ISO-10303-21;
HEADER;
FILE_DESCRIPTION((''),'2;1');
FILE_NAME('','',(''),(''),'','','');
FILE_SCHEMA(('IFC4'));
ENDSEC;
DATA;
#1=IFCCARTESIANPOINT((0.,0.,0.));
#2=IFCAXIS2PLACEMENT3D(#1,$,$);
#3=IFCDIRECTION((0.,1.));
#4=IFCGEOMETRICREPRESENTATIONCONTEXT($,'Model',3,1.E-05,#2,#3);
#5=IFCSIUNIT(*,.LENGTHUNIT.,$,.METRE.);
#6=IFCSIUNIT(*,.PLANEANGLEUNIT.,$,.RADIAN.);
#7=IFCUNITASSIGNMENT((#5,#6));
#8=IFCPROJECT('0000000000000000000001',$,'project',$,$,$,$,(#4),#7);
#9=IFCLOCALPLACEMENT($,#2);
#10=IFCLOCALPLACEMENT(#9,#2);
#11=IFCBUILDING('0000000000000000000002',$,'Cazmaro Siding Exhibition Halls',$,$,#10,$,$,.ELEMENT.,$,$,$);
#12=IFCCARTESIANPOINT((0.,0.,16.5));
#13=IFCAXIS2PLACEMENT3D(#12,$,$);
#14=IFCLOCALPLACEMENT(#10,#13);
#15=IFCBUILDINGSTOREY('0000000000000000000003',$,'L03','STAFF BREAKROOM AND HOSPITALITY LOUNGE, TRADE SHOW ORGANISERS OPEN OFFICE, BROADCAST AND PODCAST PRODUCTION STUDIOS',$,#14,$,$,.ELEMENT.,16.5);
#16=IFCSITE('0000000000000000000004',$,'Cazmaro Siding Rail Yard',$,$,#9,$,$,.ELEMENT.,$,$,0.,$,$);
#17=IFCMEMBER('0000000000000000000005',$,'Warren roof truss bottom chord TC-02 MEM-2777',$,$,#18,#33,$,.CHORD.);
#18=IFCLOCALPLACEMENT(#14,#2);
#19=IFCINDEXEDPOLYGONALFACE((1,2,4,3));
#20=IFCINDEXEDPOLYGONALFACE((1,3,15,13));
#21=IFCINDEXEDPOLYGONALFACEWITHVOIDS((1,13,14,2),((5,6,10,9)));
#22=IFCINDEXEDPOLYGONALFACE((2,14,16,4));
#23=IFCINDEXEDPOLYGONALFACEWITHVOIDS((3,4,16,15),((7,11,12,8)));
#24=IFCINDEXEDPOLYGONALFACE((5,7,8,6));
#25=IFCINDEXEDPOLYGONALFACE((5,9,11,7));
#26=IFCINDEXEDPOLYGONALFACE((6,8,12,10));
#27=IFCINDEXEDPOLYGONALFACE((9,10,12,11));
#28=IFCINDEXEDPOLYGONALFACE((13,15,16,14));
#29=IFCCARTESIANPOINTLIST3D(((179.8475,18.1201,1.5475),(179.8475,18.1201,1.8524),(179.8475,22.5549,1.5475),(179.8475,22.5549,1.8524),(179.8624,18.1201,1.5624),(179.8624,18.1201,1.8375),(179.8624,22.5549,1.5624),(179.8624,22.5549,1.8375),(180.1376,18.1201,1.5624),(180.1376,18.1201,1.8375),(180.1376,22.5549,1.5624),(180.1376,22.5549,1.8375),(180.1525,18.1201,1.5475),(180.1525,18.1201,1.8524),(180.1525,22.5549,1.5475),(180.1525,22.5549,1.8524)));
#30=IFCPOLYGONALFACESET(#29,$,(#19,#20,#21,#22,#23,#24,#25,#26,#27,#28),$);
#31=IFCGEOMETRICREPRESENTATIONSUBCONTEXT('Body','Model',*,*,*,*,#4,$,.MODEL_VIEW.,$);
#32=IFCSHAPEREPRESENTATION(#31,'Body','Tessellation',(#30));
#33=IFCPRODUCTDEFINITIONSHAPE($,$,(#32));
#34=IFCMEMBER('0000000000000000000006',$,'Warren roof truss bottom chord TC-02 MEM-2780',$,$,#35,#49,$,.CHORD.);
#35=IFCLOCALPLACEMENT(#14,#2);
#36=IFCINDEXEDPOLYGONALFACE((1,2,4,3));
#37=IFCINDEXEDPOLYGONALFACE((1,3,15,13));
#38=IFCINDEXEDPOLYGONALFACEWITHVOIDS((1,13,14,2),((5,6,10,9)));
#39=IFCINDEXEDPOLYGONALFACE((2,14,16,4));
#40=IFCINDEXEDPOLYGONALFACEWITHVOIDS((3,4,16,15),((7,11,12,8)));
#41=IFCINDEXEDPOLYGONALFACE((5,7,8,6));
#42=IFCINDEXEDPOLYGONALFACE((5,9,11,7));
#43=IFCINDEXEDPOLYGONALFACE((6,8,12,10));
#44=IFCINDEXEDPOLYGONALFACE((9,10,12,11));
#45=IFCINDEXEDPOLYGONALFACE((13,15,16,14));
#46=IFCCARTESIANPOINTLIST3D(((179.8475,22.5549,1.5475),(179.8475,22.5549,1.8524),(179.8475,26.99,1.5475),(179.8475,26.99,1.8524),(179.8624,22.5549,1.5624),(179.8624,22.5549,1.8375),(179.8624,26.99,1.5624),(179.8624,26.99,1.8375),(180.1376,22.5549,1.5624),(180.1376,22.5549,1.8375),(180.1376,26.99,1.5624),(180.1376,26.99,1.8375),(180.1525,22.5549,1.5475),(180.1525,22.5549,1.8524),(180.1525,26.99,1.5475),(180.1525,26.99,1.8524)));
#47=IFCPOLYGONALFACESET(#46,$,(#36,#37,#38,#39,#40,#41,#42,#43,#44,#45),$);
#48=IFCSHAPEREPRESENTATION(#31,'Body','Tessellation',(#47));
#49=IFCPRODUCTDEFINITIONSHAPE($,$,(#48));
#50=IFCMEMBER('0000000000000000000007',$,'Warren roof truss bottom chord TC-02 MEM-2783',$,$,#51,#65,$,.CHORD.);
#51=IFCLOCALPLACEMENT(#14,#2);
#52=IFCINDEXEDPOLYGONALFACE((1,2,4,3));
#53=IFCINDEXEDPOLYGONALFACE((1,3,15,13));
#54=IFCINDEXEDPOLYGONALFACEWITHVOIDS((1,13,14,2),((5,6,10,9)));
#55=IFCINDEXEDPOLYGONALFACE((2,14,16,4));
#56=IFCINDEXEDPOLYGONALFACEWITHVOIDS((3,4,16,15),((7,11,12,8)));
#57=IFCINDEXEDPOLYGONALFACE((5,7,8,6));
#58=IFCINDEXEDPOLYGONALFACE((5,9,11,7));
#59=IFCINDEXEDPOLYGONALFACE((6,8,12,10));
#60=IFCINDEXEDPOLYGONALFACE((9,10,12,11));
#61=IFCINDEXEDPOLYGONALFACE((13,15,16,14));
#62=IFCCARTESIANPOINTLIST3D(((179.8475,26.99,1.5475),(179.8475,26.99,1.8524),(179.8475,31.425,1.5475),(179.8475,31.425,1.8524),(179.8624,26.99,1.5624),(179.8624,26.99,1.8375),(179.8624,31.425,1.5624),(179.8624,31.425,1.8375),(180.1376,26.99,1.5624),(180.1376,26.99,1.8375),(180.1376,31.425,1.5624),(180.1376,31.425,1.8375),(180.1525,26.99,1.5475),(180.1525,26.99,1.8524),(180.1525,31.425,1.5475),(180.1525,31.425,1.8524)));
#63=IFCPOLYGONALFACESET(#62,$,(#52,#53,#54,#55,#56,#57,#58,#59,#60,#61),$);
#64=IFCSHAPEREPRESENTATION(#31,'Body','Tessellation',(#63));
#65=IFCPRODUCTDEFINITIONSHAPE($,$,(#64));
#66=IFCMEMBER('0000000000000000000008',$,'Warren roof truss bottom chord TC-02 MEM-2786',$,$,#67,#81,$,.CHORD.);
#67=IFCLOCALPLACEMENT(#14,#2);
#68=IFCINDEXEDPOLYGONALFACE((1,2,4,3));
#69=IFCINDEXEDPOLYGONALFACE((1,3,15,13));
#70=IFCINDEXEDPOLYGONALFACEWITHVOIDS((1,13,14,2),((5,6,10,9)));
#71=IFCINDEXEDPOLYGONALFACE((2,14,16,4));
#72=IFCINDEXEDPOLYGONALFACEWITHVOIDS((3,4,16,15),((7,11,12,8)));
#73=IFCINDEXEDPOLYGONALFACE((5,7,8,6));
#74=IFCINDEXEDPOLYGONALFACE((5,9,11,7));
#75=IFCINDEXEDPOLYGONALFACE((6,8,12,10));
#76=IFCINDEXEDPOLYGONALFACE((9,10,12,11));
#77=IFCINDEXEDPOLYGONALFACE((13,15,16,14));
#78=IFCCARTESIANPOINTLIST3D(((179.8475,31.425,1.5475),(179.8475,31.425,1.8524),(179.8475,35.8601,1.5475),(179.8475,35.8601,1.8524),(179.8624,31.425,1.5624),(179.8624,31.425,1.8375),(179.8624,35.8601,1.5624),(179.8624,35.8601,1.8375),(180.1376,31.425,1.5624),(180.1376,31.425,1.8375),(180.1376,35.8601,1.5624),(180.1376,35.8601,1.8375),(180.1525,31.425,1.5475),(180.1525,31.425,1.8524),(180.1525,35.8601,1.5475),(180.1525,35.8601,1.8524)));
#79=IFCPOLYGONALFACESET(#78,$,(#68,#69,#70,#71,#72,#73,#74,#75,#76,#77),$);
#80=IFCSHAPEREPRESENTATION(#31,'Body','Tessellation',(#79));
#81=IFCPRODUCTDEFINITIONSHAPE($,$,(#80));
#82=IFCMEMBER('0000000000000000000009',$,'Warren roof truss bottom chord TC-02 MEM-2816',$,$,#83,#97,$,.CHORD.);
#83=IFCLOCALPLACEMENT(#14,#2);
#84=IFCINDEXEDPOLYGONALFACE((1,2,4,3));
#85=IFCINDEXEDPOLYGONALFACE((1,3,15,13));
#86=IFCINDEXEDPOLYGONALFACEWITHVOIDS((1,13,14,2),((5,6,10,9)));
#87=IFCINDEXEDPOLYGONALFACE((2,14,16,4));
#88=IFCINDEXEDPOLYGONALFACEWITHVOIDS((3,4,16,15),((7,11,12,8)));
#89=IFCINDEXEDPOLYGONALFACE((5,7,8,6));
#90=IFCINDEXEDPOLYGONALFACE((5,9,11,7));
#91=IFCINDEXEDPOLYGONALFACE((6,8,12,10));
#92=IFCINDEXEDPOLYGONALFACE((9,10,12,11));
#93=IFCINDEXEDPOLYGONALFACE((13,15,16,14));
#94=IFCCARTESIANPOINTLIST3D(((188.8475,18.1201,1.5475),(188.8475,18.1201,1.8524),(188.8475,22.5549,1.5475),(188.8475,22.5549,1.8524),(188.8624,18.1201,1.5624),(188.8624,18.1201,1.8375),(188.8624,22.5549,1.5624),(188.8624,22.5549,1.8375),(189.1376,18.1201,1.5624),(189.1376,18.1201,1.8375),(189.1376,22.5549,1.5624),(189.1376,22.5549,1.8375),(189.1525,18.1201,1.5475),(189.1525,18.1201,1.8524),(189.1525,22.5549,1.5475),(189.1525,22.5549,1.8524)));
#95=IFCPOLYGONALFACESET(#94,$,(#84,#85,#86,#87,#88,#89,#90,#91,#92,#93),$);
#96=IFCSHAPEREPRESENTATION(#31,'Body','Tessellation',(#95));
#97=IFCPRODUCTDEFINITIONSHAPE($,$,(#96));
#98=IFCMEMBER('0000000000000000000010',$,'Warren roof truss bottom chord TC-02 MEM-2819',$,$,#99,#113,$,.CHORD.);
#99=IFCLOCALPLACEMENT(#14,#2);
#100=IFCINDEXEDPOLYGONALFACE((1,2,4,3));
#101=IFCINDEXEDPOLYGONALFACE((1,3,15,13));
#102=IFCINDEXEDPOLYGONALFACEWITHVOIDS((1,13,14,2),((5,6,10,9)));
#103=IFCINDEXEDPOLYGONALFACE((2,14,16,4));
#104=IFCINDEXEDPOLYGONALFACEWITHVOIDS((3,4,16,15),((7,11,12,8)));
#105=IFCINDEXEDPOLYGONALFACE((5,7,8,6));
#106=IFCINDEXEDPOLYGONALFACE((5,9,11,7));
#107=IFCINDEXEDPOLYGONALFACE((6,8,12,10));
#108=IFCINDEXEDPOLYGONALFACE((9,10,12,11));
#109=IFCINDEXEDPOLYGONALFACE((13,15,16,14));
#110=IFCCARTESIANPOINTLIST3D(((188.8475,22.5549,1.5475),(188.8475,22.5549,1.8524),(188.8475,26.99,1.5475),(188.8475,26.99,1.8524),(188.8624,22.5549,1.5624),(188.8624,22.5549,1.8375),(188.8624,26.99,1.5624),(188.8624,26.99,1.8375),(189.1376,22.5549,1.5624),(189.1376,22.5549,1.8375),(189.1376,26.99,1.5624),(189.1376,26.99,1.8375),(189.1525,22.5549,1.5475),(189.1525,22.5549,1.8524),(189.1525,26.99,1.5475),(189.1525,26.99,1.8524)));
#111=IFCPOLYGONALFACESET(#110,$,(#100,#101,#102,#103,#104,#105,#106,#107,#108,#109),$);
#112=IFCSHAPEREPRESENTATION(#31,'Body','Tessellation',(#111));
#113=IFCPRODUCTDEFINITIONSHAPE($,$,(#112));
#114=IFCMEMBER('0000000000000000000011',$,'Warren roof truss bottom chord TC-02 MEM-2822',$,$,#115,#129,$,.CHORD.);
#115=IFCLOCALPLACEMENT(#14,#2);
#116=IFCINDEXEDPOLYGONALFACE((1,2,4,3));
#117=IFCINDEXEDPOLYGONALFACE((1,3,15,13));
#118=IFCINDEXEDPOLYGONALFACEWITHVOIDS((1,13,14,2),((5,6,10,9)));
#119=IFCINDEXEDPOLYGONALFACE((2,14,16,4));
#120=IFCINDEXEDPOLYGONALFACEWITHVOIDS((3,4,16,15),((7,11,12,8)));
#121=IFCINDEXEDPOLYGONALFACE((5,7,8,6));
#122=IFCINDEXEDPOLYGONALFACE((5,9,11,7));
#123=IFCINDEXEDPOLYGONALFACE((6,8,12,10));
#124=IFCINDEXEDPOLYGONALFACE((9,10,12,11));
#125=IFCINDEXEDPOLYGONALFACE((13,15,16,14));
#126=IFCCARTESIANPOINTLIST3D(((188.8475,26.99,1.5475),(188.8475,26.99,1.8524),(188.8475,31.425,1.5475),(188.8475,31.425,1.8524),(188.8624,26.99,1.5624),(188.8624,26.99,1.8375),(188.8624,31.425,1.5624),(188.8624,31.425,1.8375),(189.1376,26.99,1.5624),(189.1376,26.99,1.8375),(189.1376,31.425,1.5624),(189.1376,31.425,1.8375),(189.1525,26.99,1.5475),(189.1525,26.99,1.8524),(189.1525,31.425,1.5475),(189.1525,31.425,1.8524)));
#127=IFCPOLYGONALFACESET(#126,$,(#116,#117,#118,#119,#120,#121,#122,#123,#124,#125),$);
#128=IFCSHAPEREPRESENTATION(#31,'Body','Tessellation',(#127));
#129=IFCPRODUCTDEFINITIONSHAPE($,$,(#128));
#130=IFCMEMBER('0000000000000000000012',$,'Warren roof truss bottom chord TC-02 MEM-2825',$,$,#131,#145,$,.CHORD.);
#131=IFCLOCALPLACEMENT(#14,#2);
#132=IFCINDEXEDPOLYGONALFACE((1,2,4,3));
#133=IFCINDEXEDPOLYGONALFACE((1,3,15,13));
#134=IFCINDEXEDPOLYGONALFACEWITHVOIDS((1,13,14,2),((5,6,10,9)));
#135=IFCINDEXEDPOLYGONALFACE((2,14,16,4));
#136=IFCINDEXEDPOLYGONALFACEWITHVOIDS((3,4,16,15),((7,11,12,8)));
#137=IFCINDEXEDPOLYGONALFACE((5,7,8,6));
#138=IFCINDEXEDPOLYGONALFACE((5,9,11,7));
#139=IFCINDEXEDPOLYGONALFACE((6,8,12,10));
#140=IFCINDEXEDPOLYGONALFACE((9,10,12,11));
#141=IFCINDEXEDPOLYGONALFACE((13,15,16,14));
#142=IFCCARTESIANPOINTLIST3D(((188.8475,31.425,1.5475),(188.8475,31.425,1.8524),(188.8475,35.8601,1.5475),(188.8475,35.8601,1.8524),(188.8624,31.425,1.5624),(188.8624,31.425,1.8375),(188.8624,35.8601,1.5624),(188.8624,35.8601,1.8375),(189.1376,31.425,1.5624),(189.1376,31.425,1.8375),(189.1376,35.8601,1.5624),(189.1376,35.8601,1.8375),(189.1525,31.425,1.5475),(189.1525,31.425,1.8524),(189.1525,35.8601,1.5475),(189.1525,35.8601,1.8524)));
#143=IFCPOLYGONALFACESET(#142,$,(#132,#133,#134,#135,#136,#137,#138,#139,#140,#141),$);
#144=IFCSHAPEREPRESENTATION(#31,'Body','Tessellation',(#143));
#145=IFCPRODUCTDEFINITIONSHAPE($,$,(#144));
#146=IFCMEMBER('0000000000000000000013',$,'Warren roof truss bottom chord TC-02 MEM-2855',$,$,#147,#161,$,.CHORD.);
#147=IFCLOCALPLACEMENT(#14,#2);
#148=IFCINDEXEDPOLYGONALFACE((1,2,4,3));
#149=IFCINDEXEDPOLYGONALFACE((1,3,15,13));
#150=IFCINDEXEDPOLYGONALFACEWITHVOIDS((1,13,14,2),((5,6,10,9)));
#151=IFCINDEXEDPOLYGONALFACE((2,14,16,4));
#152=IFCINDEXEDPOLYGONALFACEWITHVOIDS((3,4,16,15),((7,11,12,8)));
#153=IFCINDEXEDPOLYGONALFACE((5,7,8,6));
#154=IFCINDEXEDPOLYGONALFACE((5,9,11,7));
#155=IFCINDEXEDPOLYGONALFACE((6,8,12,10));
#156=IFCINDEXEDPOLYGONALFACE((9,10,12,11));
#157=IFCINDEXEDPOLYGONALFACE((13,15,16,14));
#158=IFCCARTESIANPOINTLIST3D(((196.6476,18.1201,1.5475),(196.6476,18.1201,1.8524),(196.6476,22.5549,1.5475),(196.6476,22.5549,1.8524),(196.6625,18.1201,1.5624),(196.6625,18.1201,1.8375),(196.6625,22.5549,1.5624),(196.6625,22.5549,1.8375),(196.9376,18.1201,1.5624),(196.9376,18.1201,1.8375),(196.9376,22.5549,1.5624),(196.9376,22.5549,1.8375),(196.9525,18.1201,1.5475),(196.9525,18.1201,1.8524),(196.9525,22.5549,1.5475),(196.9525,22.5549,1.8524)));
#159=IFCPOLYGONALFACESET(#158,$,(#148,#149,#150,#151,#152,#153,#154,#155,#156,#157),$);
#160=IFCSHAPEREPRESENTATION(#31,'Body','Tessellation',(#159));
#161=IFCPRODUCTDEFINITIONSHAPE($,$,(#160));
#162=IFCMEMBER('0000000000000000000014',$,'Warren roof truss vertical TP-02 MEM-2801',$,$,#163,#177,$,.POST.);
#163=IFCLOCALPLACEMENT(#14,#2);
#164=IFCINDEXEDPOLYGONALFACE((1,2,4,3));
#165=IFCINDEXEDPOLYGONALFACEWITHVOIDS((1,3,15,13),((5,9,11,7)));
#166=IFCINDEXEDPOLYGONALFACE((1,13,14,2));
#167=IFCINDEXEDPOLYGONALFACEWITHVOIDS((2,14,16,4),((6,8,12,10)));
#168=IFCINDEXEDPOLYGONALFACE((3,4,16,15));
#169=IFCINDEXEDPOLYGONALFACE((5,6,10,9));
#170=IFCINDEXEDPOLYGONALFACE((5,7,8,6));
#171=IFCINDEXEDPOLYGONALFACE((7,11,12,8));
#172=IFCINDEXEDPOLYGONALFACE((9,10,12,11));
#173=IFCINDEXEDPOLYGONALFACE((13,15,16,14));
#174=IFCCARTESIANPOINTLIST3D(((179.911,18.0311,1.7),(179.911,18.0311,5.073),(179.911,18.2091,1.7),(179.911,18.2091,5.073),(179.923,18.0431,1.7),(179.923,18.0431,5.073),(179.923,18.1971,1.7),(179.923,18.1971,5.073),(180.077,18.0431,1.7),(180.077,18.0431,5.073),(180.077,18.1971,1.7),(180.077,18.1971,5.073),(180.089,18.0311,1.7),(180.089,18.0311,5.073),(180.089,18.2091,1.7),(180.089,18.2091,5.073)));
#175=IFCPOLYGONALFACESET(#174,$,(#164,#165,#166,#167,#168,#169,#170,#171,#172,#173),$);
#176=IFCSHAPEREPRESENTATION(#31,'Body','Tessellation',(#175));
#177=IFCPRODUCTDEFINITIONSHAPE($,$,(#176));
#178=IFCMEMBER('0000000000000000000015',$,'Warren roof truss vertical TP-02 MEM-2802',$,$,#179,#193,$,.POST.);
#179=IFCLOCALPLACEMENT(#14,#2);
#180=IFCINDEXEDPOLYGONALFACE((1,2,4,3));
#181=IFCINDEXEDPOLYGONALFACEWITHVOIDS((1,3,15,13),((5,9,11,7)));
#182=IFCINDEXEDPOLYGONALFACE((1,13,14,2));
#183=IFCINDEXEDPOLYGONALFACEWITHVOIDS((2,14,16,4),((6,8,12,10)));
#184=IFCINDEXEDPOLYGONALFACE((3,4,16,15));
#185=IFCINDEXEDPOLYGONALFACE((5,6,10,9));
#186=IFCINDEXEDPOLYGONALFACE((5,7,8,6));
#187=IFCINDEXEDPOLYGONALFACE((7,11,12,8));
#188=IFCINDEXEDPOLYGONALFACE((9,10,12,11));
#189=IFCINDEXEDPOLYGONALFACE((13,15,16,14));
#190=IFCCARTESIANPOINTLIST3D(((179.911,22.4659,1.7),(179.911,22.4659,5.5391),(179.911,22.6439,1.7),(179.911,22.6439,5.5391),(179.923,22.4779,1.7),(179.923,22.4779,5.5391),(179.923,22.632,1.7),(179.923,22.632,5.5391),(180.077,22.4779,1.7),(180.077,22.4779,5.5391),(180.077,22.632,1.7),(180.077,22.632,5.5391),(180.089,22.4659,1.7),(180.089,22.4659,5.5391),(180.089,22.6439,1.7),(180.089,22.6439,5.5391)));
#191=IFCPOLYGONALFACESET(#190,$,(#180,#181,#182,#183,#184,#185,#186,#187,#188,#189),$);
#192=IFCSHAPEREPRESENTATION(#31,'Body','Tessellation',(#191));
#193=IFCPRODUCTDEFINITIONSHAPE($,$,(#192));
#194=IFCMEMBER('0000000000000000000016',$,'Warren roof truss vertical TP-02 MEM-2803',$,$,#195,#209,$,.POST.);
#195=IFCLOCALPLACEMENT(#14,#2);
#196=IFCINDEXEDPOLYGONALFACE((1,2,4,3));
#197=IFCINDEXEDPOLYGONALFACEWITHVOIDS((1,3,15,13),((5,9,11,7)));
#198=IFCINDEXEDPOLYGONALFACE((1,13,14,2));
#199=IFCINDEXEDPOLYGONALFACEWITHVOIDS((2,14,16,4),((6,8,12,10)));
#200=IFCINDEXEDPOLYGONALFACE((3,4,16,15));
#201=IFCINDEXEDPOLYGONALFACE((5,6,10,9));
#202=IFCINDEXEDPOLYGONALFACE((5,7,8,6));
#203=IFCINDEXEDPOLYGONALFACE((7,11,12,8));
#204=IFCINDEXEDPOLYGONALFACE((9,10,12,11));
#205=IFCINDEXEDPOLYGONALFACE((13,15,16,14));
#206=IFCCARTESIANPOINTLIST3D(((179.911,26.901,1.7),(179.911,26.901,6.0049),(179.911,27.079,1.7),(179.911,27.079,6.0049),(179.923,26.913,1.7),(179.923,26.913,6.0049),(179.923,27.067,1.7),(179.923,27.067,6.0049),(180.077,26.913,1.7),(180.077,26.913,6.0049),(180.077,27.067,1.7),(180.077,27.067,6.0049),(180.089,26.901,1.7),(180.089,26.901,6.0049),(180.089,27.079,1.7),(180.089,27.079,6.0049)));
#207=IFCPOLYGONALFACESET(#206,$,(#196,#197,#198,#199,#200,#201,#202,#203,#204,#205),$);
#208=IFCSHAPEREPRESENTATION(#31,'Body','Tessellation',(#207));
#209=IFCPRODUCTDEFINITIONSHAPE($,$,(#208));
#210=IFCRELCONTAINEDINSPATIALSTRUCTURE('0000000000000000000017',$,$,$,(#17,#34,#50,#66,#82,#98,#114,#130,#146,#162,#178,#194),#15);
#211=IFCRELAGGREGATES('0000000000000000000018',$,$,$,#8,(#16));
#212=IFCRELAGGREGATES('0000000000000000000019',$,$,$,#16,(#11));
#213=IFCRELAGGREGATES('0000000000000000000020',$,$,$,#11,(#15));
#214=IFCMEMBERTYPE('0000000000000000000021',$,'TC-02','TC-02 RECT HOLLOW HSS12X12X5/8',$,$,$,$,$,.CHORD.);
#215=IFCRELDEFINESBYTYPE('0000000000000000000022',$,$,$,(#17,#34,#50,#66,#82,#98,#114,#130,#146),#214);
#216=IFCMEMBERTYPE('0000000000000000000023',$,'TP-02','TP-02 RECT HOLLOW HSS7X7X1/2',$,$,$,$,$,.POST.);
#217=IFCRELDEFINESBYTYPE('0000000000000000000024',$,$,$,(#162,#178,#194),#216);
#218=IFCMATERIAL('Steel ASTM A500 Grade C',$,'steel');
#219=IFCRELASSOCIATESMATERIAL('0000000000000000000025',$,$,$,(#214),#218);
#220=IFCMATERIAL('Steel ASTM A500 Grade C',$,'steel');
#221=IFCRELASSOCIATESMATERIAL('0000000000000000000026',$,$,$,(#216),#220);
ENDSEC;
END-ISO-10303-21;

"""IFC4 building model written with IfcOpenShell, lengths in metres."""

from ifc_helpers import new_model, si_unit, direction, frame, origin, origin_2d, place, context, subcontext, project, spatial, hollow_rectangle, extrude, material, material_profile, profile_set, type_object, element, save


model = new_model("IFC4")

# Units and contexts
model_context = context("Model", 3, precision=1e-05, world=origin(), true_north=direction((0.0, 1.0)))
body_context = subcontext(model_context, "Body", "Model", "MODEL_VIEW")
ifc_project = project(units=[si_unit("LENGTHUNIT", "METRE"), si_unit("PLANEANGLEUNIT", "RADIAN")], contexts=[model_context])

# Site, building, storey
site_placement = place(None, origin())
site = spatial("IfcSite", under=ifc_project, at=site_placement, Name="Cazmaro Siding Rail Yard", CompositionType="ELEMENT", RefElevation=0.0)
building_placement = place(site_placement, origin())
building = spatial("IfcBuilding", under=site, at=building_placement, Name="Cazmaro Siding Exhibition Halls", CompositionType="ELEMENT")
storey_placement = place(building_placement, frame((0.0, 0.0, 16.5)))
storey = spatial("IfcBuildingStorey", under=building, at=storey_placement, Name="L03", Description="STAFF BREAKROOM AND HOSPITALITY LOUNGE, TRADE SHOW ORGANISERS OPEN OFFICE, BROADCAST AND PODCAST PRODUCTION STUDIOS", CompositionType="ELEMENT", Elevation=16.5)

# Members
ifc_material_1 = material(Name="Steel ASTM A500 Grade C", Category="steel")
ifc_material_profile_1 = material_profile(ifc_material_1, hollow_rectangle(XDim=0.3049, YDim=0.3049, WallThickness=0.0149, at=origin_2d()), Name="HSS12X12X5/8")
ifc_profile_set_1 = profile_set([ifc_material_profile_1], Name="Steel ASTM A500 Grade C")
member_type_1 = type_object("IfcMemberType", Name="TC-02", Description="TC-02 RECT HOLLOW HSS12X12X5/8", PredefinedType="CHORD", material=ifc_profile_set_1)
member_1_placement = place(storey_placement, frame((180.0, 18.1201, 1.7), z_axis=(0.0, 1.0, 0.0), x_axis=(-1.0, 0.0, 0.0)))
element("IfcMember", 1, at=member_1_placement, inside=storey, type_object=member_type_1, Name="Warren roof truss bottom chord TC-02 MEM-2777", PredefinedType="CHORD", context=body_context, shape_type="SweptSolid", body=[
    extrude(hollow_rectangle(XDim=0.3049, YDim=0.3049, WallThickness=0.0149, at=origin_2d()), origin(), (0.0, 0.0, 1.0), 4.4348),
])
for number, where, z_axis, x_axis, name in (
    (2, (180.0, 22.5549, 1.7), (0.0, 1.0, 0.0), (-1.0, 0.0, 0.0), "Warren roof truss bottom chord TC-02 MEM-2780"),
    (3, (180.0, 26.99, 1.7), (0.0, 1.0, 0.0), (-1.0, 0.0, 0.0), "Warren roof truss bottom chord TC-02 MEM-2783"),
    (4, (180.0, 31.425, 1.7), (0.0, 1.0, 0.0), (-1.0, 0.0, 0.0), "Warren roof truss bottom chord TC-02 MEM-2786"),
):
    element("IfcMember", number, at=place(storey_placement, frame(where, z_axis=z_axis, x_axis=x_axis)), inside=storey, type_object=member_type_1, Name=name, PredefinedType="CHORD", context=body_context, shape_type="SweptSolid", body=[
        extrude(hollow_rectangle(XDim=0.3049, YDim=0.3049, WallThickness=0.0149, at=origin_2d()), origin(), (0.0, 0.0, 1.0), 4.4351),
    ])
member_2_placement = place(storey_placement, frame((189.0, 18.1201, 1.7), z_axis=(0.0, 1.0, 0.0), x_axis=(-1.0, 0.0, 0.0)))
element("IfcMember", 5, at=member_2_placement, inside=storey, type_object=member_type_1, Name="Warren roof truss bottom chord TC-02 MEM-2816", PredefinedType="CHORD", context=body_context, shape_type="SweptSolid", body=[
    extrude(hollow_rectangle(XDim=0.3049, YDim=0.3049, WallThickness=0.0149, at=origin_2d()), origin(), (0.0, 0.0, 1.0), 4.4348),
])
for number, where, z_axis, x_axis, name in (
    (6, (189.0, 22.5549, 1.7), (0.0, 1.0, 0.0), (-1.0, 0.0, 0.0), "Warren roof truss bottom chord TC-02 MEM-2819"),
    (7, (189.0, 26.99, 1.7), (0.0, 1.0, 0.0), (-1.0, 0.0, 0.0), "Warren roof truss bottom chord TC-02 MEM-2822"),
    (8, (189.0, 31.425, 1.7), (0.0, 1.0, 0.0), (-1.0, 0.0, 0.0), "Warren roof truss bottom chord TC-02 MEM-2825"),
):
    element("IfcMember", number, at=place(storey_placement, frame(where, z_axis=z_axis, x_axis=x_axis)), inside=storey, type_object=member_type_1, Name=name, PredefinedType="CHORD", context=body_context, shape_type="SweptSolid", body=[
        extrude(hollow_rectangle(XDim=0.3049, YDim=0.3049, WallThickness=0.0149, at=origin_2d()), origin(), (0.0, 0.0, 1.0), 4.4351),
    ])
member_3_placement = place(storey_placement, frame((196.8, 18.1201, 1.7), z_axis=(0.0, 1.0, 0.0), x_axis=(-1.0, 0.0, 0.0)))
element("IfcMember", 9, at=member_3_placement, inside=storey, type_object=member_type_1, Name="Warren roof truss bottom chord TC-02 MEM-2855", PredefinedType="CHORD", context=body_context, shape_type="SweptSolid", body=[
    extrude(hollow_rectangle(XDim=0.3049, YDim=0.3049, WallThickness=0.0149, at=origin_2d()), origin(), (0.0, 0.0, 1.0), 4.4348),
])
ifc_material_2 = material(Name="Steel ASTM A500 Grade C", Category="steel")
ifc_material_profile_2 = material_profile(ifc_material_2, hollow_rectangle(XDim=0.178, YDim=0.178, WallThickness=0.012, at=origin_2d()), Name="HSS7X7X1/2")
ifc_profile_set_2 = profile_set([ifc_material_profile_2], Name="Steel ASTM A500 Grade C")
member_type_2 = type_object("IfcMemberType", Name="TP-02", Description="TP-02 RECT HOLLOW HSS7X7X1/2", PredefinedType="POST", material=ifc_profile_set_2)
member_4_placement = place(storey_placement, frame((180.0, 18.1201, 1.7), z_axis=(0.0, 0.0, 1.0), x_axis=(1.0, 0.0, 0.0)))
element("IfcMember", 10, at=member_4_placement, inside=storey, type_object=member_type_2, Name="Warren roof truss vertical TP-02 MEM-2801", PredefinedType="POST", context=body_context, shape_type="SweptSolid", body=[
    extrude(hollow_rectangle(XDim=0.178, YDim=0.178, WallThickness=0.012, at=origin_2d()), origin(), (0.0, 0.0, 1.0), 3.373),
])
member_5_placement = place(storey_placement, frame((180.0, 22.5549, 1.7), z_axis=(0.0, 0.0, 1.0), x_axis=(1.0, 0.0, 0.0)))
element("IfcMember", 11, at=member_5_placement, inside=storey, type_object=member_type_2, Name="Warren roof truss vertical TP-02 MEM-2802", PredefinedType="POST", context=body_context, shape_type="SweptSolid", body=[
    extrude(hollow_rectangle(XDim=0.178, YDim=0.178, WallThickness=0.012, at=origin_2d()), origin(), (0.0, 0.0, 1.0), 3.8391),
])
member_6_placement = place(storey_placement, frame((180.0, 26.99, 1.7), z_axis=(0.0, 0.0, 1.0), x_axis=(1.0, 0.0, 0.0)))
element("IfcMember", 12, at=member_6_placement, inside=storey, type_object=member_type_2, Name="Warren roof truss vertical TP-02 MEM-2803", PredefinedType="POST", context=body_context, shape_type="SweptSolid", body=[
    extrude(hollow_rectangle(XDim=0.178, YDim=0.178, WallThickness=0.012, at=origin_2d()), origin(), (0.0, 0.0, 1.0), 4.3049),
])

save(model, "model.ifc")
